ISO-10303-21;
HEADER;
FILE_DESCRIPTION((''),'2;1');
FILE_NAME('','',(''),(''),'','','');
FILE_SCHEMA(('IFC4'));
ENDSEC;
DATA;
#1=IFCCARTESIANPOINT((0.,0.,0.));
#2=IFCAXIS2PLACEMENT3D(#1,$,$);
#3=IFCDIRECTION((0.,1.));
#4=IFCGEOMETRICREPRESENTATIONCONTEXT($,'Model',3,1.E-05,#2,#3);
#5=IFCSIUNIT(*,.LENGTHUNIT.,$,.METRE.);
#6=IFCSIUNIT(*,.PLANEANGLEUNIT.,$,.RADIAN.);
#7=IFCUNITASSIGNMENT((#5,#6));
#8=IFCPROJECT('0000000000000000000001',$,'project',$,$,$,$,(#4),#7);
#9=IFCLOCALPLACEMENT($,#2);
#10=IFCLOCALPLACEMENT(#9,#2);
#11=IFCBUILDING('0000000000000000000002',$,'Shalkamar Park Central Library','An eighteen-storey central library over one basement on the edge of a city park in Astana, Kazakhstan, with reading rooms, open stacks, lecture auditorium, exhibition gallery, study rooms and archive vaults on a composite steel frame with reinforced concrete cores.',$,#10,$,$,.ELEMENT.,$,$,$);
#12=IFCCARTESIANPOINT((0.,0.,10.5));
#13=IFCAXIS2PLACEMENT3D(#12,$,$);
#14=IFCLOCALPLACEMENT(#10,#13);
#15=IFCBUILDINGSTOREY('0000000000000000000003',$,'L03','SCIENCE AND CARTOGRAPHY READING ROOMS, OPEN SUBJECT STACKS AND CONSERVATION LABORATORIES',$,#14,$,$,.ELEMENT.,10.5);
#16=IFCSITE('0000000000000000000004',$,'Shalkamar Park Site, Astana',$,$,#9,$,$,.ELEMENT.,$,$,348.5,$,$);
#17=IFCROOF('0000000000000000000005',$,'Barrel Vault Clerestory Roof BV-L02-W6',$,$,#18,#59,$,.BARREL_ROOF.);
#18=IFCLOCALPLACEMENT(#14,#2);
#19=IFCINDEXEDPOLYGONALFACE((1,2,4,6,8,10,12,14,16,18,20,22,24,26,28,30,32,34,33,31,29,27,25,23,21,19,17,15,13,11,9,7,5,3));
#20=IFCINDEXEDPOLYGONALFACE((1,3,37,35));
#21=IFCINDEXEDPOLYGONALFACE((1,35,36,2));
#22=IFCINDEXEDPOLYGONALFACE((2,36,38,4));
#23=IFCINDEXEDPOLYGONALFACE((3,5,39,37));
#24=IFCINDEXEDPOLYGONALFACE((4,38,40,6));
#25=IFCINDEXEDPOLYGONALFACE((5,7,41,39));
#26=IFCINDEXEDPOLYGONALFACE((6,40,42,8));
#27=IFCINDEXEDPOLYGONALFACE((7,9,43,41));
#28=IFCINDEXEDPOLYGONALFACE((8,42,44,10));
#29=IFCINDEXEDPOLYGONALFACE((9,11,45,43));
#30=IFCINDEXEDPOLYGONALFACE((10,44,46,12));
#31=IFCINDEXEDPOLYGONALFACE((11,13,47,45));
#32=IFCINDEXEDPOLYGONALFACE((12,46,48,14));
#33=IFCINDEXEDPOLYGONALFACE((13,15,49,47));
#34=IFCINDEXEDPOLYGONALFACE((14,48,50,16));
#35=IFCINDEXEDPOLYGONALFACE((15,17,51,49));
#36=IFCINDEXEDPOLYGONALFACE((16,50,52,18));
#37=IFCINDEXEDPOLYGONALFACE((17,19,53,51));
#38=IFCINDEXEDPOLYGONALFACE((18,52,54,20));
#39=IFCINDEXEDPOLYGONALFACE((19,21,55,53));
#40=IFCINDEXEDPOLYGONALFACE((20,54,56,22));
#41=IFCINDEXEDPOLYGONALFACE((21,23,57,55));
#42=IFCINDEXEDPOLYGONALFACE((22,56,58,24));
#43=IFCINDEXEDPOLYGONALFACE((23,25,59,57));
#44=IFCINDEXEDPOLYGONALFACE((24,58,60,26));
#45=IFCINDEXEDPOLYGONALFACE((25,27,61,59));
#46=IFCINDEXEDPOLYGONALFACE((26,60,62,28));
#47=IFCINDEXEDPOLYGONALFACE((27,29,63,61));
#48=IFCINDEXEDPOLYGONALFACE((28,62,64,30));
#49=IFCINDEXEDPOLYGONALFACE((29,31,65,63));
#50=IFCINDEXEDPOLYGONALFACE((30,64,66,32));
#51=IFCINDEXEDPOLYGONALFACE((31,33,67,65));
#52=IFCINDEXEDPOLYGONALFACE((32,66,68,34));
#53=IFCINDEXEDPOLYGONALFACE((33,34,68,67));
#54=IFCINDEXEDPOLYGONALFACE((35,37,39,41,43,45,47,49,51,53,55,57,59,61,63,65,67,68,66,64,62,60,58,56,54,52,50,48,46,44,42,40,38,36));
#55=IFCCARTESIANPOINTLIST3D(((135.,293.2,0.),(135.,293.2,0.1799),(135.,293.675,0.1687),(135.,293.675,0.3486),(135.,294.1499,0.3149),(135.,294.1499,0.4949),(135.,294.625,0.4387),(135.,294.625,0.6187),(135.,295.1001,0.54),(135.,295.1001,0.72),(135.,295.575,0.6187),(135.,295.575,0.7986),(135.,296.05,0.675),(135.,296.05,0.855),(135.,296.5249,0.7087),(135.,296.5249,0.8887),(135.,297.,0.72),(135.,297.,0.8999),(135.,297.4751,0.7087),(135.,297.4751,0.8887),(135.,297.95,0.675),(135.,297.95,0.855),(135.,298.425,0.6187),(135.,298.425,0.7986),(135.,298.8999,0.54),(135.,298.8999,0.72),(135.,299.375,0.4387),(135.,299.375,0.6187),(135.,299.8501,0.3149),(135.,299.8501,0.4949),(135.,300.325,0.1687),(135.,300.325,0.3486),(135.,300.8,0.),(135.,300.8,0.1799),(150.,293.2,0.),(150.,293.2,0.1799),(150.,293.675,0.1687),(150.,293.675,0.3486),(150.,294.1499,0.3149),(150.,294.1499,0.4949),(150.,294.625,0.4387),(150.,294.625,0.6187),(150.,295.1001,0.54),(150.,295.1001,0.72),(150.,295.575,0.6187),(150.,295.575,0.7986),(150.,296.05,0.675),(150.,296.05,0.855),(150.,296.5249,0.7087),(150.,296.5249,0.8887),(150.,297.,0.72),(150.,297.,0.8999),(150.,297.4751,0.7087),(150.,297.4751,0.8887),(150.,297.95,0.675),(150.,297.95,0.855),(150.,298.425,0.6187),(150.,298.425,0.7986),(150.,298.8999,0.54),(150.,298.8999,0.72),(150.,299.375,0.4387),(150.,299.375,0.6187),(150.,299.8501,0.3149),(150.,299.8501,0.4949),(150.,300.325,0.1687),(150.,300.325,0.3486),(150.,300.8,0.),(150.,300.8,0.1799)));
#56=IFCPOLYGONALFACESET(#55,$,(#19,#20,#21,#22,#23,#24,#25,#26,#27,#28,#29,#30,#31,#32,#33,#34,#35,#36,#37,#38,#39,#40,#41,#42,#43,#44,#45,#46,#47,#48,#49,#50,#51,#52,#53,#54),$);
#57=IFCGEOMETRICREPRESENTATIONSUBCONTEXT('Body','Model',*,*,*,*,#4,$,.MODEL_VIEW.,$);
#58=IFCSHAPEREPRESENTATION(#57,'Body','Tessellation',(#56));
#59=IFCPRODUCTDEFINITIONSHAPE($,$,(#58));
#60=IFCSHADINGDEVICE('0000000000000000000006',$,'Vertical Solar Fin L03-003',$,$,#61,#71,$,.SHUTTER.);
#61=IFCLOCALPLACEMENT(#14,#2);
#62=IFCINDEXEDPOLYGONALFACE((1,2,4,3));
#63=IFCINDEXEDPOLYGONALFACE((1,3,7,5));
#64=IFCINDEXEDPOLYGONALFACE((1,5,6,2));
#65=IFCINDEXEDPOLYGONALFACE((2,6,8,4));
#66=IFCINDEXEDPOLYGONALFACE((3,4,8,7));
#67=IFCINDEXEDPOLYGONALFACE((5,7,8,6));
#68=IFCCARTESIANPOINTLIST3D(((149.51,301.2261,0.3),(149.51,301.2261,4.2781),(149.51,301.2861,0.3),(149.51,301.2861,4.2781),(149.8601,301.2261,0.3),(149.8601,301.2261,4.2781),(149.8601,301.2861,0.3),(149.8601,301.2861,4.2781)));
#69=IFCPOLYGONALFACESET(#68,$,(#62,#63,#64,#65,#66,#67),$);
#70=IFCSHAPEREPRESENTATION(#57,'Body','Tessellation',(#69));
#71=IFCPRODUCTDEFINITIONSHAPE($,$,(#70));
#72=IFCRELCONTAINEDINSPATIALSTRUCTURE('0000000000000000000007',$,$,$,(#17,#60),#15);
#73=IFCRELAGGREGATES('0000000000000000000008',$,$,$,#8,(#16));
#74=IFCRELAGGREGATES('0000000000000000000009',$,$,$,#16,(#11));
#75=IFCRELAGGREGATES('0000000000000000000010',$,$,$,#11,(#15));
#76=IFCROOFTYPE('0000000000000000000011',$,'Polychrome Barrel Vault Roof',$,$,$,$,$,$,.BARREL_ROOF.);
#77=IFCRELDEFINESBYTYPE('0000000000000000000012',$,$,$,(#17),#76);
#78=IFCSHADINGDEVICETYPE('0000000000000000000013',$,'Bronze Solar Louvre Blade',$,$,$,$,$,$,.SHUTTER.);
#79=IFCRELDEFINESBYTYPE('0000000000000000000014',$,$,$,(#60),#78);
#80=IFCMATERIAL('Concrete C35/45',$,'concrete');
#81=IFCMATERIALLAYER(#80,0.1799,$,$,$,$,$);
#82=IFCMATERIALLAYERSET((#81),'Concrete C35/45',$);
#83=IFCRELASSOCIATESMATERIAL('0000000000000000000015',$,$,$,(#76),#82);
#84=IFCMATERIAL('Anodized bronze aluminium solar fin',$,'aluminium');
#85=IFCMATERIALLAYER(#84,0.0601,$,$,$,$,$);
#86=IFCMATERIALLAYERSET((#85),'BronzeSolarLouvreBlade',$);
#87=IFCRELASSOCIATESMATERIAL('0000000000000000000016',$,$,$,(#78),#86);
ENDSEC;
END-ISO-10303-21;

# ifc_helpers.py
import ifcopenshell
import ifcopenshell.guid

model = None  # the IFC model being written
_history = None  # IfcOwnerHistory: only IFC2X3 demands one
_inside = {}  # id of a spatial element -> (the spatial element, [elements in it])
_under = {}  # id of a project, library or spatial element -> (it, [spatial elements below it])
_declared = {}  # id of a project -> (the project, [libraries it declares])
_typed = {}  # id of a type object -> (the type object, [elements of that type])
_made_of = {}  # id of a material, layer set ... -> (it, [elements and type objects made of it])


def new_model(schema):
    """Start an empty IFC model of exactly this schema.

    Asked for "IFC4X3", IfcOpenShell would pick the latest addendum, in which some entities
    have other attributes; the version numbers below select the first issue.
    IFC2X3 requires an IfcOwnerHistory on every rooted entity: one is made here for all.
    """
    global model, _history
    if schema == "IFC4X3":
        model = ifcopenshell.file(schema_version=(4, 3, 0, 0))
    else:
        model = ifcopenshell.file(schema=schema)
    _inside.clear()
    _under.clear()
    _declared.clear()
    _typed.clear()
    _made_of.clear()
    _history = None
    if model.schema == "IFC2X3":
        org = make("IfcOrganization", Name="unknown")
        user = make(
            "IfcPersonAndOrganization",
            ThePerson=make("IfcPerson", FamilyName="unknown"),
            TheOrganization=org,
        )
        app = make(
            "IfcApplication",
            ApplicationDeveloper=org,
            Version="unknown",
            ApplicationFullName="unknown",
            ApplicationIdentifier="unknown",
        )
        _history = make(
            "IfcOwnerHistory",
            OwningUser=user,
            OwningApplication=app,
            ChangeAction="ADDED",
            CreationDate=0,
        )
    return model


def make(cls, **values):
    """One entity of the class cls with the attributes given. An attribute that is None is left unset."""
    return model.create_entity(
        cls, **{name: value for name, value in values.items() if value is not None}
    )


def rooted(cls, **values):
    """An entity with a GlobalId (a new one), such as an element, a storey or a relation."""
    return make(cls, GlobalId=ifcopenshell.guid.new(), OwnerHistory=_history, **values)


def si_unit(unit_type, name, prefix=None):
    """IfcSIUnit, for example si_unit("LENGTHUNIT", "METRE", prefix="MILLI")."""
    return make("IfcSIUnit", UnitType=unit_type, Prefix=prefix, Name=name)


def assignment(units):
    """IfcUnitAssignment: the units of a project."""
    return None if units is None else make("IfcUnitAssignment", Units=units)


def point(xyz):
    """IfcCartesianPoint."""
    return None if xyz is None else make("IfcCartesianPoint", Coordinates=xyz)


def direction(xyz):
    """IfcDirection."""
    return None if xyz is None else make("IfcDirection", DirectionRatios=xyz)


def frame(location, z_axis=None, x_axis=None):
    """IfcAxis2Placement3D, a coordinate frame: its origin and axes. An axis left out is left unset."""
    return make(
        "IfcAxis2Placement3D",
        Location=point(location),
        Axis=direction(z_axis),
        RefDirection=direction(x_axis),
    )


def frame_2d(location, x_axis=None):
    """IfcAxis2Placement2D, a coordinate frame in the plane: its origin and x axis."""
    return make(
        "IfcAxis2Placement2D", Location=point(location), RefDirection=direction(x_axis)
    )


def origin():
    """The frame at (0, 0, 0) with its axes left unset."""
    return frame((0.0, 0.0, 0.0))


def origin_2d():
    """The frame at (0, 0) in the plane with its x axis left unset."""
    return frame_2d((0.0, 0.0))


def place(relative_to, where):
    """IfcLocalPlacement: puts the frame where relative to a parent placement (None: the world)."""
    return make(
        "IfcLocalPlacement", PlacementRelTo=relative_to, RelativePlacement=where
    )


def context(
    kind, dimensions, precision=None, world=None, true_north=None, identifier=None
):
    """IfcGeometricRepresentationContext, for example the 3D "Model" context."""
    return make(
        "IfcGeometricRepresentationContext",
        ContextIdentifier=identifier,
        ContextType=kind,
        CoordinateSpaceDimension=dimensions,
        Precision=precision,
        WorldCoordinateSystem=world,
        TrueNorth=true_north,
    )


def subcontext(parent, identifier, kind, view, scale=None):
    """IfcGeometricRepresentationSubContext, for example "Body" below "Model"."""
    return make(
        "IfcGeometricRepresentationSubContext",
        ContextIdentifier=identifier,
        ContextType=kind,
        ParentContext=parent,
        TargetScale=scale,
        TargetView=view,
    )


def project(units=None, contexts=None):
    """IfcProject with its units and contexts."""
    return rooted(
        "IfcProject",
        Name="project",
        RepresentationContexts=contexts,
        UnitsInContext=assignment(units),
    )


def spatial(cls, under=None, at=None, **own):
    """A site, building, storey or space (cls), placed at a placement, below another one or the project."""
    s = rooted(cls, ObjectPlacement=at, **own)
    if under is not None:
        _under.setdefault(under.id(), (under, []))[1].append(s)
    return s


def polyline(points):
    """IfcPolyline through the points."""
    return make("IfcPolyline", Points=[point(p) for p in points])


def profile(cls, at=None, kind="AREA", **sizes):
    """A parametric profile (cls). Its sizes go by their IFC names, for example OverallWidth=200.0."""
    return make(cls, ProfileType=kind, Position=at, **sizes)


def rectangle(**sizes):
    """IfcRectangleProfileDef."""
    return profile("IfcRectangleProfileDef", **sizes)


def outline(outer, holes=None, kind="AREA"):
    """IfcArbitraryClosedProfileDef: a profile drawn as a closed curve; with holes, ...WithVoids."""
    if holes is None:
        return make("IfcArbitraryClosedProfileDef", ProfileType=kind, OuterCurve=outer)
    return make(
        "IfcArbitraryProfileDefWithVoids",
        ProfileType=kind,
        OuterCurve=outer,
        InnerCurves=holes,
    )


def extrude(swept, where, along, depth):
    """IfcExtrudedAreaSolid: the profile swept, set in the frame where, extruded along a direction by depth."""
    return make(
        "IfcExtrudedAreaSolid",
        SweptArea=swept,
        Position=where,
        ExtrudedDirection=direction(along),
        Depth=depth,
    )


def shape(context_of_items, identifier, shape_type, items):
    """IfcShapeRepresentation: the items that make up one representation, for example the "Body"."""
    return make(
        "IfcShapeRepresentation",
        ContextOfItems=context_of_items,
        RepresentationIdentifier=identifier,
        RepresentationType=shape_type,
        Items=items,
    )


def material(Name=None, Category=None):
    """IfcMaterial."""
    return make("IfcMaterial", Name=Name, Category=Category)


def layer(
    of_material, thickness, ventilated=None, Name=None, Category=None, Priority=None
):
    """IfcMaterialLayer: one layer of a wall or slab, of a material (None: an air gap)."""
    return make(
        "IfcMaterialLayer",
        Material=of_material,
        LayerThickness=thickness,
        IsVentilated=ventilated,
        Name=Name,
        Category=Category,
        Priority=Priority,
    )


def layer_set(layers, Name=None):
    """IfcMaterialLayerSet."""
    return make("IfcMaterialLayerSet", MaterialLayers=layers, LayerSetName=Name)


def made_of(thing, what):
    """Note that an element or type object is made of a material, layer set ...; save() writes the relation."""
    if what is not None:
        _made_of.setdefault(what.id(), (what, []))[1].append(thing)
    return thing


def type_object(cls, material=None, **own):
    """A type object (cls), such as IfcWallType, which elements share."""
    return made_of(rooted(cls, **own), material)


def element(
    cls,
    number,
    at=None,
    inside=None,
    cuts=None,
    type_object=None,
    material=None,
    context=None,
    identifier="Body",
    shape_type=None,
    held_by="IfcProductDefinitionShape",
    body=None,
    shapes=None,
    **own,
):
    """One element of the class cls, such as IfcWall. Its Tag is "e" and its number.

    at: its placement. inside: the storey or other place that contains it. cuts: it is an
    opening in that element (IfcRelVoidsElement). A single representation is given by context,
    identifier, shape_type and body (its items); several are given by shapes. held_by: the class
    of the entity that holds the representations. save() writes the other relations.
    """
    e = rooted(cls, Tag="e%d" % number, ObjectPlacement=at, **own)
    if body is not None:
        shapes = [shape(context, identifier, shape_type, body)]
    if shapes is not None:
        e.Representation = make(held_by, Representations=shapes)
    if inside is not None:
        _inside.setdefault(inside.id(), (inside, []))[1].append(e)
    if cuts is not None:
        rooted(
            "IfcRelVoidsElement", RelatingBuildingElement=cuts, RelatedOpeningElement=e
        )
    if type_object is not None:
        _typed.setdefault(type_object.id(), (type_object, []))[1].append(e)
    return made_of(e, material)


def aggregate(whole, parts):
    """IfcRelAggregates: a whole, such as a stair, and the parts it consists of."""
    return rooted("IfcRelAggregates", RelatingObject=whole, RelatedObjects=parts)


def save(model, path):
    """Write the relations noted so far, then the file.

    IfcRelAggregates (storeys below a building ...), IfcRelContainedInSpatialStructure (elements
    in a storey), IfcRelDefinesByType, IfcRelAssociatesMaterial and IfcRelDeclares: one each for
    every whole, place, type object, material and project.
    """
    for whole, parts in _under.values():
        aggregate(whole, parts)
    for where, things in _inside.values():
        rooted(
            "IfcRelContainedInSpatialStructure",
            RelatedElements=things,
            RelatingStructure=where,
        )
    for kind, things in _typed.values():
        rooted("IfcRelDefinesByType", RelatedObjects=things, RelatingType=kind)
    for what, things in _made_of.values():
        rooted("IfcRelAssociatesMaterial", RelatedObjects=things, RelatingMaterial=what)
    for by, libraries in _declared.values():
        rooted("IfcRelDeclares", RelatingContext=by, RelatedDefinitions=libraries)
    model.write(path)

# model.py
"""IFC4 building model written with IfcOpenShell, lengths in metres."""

from ifc_helpers import new_model, si_unit, direction, frame, origin, origin_2d, place, context, subcontext, project, spatial, polyline, rectangle, outline, extrude, material, layer, layer_set, type_object, element, save


model = new_model("IFC4")

# Units and contexts
model_context = context("Model", 3, precision=1e-05, world=origin(), true_north=direction((0.0, 1.0)))
body_context = subcontext(model_context, "Body", "Model", "MODEL_VIEW")
ifc_project = project(units=[si_unit("LENGTHUNIT", "METRE"), si_unit("PLANEANGLEUNIT", "RADIAN")], contexts=[model_context])

# Site, building, storey
site_placement = place(None, origin())
site = spatial("IfcSite", under=ifc_project, at=site_placement, Name="Shalkamar Park Site, Astana", CompositionType="ELEMENT", RefElevation=348.5)
building_placement = place(site_placement, origin())
building = spatial("IfcBuilding", under=site, at=building_placement, Name="Shalkamar Park Central Library", Description="An eighteen-storey central library over one basement on the edge of a city park in Astana, Kazakhstan, with reading rooms, open stacks, lecture auditorium, exhibition gallery, study rooms and archive vaults on a composite steel frame with reinforced concrete cores.", CompositionType="ELEMENT")
storey_placement = place(building_placement, frame((0.0, 0.0, 10.5)))
storey = spatial("IfcBuildingStorey", under=building, at=storey_placement, Name="L03", Description="SCIENCE AND CARTOGRAPHY READING ROOMS, OPEN SUBJECT STACKS AND CONSERVATION LABORATORIES", CompositionType="ELEMENT", Elevation=10.5)

# Roof
ifc_material_1 = material(Name="Concrete C35/45", Category="concrete")
ifc_layer_1 = layer(ifc_material_1, 0.1799)
ifc_layer_set_1 = layer_set([ifc_layer_1], Name="Concrete C35/45")
roof_type = type_object("IfcRoofType", Name="Polychrome Barrel Vault Roof", PredefinedType="BARREL_ROOF", material=ifc_layer_set_1)
roof_placement = place(storey_placement, frame((135.0, 297.0, 0.0), z_axis=(0.0, 0.0, 1.0), x_axis=(1.0, 0.0, 0.0)))
element("IfcRoof", 1, at=roof_placement, inside=storey, type_object=roof_type, Name="Barrel Vault Clerestory Roof BV-L02-W6", PredefinedType="BARREL_ROOF", context=body_context, shape_type="SweptSolid", body=[
    extrude(outline(polyline([(-3.8, 0.1799), (-3.325, 0.3486), (-2.8501, 0.4949), (-2.375, 0.6187), (-1.8999, 0.72), (-1.425, 0.7986), (-0.95, 0.855), (-0.4751, 0.8887), (0.0, 0.8999), (0.4751, 0.8887), (0.95, 0.855), (1.425, 0.7986), (1.8999, 0.72), (2.375, 0.6187), (2.8501, 0.4949), (3.325, 0.3486), (3.8, 0.1799), (3.8, 0.0), (3.325, 0.1687), (2.8501, 0.3149), (2.375, 0.4387), (1.8999, 0.54), (1.425, 0.6187), (0.95, 0.675), (0.4751, 0.7087), (0.0, 0.72), (-0.4751, 0.7087), (-0.95, 0.675), (-1.425, 0.6187), (-1.8999, 0.54), (-2.375, 0.4387), (-2.8501, 0.3149), (-3.325, 0.1687), (-3.8, 0.0), (-3.8, 0.1799)])), frame((0.0, 0.0, 0.0), z_axis=(1.0, 0.0, 0.0), x_axis=(0.0, 1.0, 0.0)), (0.0, 0.0, 1.0), 15.0),
])

# Shading device
ifc_material_2 = material(Name="Anodized bronze aluminium solar fin", Category="aluminium")
ifc_layer_2 = layer(ifc_material_2, 0.0601)
ifc_layer_set_2 = layer_set([ifc_layer_2], Name="BronzeSolarLouvreBlade")
shading_device_type = type_object("IfcShadingDeviceType", Name="Bronze Solar Louvre Blade", PredefinedType="SHUTTER", material=ifc_layer_set_2)
shading_device_placement = place(storey_placement, frame((149.6851, 301.2561, 0.3), z_axis=(0.0, 0.0, 1.0), x_axis=(1.0, 0.0, 0.0)))
element("IfcShadingDevice", 2, at=shading_device_placement, inside=storey, type_object=shading_device_type, Name="Vertical Solar Fin L03-003", PredefinedType="SHUTTER", context=body_context, shape_type="SweptSolid", body=[
    extrude(rectangle(XDim=0.3501, YDim=0.0601, at=origin_2d()), origin(), (0.0, 0.0, 1.0), 3.978),
])

save(model, "model.ifc")
